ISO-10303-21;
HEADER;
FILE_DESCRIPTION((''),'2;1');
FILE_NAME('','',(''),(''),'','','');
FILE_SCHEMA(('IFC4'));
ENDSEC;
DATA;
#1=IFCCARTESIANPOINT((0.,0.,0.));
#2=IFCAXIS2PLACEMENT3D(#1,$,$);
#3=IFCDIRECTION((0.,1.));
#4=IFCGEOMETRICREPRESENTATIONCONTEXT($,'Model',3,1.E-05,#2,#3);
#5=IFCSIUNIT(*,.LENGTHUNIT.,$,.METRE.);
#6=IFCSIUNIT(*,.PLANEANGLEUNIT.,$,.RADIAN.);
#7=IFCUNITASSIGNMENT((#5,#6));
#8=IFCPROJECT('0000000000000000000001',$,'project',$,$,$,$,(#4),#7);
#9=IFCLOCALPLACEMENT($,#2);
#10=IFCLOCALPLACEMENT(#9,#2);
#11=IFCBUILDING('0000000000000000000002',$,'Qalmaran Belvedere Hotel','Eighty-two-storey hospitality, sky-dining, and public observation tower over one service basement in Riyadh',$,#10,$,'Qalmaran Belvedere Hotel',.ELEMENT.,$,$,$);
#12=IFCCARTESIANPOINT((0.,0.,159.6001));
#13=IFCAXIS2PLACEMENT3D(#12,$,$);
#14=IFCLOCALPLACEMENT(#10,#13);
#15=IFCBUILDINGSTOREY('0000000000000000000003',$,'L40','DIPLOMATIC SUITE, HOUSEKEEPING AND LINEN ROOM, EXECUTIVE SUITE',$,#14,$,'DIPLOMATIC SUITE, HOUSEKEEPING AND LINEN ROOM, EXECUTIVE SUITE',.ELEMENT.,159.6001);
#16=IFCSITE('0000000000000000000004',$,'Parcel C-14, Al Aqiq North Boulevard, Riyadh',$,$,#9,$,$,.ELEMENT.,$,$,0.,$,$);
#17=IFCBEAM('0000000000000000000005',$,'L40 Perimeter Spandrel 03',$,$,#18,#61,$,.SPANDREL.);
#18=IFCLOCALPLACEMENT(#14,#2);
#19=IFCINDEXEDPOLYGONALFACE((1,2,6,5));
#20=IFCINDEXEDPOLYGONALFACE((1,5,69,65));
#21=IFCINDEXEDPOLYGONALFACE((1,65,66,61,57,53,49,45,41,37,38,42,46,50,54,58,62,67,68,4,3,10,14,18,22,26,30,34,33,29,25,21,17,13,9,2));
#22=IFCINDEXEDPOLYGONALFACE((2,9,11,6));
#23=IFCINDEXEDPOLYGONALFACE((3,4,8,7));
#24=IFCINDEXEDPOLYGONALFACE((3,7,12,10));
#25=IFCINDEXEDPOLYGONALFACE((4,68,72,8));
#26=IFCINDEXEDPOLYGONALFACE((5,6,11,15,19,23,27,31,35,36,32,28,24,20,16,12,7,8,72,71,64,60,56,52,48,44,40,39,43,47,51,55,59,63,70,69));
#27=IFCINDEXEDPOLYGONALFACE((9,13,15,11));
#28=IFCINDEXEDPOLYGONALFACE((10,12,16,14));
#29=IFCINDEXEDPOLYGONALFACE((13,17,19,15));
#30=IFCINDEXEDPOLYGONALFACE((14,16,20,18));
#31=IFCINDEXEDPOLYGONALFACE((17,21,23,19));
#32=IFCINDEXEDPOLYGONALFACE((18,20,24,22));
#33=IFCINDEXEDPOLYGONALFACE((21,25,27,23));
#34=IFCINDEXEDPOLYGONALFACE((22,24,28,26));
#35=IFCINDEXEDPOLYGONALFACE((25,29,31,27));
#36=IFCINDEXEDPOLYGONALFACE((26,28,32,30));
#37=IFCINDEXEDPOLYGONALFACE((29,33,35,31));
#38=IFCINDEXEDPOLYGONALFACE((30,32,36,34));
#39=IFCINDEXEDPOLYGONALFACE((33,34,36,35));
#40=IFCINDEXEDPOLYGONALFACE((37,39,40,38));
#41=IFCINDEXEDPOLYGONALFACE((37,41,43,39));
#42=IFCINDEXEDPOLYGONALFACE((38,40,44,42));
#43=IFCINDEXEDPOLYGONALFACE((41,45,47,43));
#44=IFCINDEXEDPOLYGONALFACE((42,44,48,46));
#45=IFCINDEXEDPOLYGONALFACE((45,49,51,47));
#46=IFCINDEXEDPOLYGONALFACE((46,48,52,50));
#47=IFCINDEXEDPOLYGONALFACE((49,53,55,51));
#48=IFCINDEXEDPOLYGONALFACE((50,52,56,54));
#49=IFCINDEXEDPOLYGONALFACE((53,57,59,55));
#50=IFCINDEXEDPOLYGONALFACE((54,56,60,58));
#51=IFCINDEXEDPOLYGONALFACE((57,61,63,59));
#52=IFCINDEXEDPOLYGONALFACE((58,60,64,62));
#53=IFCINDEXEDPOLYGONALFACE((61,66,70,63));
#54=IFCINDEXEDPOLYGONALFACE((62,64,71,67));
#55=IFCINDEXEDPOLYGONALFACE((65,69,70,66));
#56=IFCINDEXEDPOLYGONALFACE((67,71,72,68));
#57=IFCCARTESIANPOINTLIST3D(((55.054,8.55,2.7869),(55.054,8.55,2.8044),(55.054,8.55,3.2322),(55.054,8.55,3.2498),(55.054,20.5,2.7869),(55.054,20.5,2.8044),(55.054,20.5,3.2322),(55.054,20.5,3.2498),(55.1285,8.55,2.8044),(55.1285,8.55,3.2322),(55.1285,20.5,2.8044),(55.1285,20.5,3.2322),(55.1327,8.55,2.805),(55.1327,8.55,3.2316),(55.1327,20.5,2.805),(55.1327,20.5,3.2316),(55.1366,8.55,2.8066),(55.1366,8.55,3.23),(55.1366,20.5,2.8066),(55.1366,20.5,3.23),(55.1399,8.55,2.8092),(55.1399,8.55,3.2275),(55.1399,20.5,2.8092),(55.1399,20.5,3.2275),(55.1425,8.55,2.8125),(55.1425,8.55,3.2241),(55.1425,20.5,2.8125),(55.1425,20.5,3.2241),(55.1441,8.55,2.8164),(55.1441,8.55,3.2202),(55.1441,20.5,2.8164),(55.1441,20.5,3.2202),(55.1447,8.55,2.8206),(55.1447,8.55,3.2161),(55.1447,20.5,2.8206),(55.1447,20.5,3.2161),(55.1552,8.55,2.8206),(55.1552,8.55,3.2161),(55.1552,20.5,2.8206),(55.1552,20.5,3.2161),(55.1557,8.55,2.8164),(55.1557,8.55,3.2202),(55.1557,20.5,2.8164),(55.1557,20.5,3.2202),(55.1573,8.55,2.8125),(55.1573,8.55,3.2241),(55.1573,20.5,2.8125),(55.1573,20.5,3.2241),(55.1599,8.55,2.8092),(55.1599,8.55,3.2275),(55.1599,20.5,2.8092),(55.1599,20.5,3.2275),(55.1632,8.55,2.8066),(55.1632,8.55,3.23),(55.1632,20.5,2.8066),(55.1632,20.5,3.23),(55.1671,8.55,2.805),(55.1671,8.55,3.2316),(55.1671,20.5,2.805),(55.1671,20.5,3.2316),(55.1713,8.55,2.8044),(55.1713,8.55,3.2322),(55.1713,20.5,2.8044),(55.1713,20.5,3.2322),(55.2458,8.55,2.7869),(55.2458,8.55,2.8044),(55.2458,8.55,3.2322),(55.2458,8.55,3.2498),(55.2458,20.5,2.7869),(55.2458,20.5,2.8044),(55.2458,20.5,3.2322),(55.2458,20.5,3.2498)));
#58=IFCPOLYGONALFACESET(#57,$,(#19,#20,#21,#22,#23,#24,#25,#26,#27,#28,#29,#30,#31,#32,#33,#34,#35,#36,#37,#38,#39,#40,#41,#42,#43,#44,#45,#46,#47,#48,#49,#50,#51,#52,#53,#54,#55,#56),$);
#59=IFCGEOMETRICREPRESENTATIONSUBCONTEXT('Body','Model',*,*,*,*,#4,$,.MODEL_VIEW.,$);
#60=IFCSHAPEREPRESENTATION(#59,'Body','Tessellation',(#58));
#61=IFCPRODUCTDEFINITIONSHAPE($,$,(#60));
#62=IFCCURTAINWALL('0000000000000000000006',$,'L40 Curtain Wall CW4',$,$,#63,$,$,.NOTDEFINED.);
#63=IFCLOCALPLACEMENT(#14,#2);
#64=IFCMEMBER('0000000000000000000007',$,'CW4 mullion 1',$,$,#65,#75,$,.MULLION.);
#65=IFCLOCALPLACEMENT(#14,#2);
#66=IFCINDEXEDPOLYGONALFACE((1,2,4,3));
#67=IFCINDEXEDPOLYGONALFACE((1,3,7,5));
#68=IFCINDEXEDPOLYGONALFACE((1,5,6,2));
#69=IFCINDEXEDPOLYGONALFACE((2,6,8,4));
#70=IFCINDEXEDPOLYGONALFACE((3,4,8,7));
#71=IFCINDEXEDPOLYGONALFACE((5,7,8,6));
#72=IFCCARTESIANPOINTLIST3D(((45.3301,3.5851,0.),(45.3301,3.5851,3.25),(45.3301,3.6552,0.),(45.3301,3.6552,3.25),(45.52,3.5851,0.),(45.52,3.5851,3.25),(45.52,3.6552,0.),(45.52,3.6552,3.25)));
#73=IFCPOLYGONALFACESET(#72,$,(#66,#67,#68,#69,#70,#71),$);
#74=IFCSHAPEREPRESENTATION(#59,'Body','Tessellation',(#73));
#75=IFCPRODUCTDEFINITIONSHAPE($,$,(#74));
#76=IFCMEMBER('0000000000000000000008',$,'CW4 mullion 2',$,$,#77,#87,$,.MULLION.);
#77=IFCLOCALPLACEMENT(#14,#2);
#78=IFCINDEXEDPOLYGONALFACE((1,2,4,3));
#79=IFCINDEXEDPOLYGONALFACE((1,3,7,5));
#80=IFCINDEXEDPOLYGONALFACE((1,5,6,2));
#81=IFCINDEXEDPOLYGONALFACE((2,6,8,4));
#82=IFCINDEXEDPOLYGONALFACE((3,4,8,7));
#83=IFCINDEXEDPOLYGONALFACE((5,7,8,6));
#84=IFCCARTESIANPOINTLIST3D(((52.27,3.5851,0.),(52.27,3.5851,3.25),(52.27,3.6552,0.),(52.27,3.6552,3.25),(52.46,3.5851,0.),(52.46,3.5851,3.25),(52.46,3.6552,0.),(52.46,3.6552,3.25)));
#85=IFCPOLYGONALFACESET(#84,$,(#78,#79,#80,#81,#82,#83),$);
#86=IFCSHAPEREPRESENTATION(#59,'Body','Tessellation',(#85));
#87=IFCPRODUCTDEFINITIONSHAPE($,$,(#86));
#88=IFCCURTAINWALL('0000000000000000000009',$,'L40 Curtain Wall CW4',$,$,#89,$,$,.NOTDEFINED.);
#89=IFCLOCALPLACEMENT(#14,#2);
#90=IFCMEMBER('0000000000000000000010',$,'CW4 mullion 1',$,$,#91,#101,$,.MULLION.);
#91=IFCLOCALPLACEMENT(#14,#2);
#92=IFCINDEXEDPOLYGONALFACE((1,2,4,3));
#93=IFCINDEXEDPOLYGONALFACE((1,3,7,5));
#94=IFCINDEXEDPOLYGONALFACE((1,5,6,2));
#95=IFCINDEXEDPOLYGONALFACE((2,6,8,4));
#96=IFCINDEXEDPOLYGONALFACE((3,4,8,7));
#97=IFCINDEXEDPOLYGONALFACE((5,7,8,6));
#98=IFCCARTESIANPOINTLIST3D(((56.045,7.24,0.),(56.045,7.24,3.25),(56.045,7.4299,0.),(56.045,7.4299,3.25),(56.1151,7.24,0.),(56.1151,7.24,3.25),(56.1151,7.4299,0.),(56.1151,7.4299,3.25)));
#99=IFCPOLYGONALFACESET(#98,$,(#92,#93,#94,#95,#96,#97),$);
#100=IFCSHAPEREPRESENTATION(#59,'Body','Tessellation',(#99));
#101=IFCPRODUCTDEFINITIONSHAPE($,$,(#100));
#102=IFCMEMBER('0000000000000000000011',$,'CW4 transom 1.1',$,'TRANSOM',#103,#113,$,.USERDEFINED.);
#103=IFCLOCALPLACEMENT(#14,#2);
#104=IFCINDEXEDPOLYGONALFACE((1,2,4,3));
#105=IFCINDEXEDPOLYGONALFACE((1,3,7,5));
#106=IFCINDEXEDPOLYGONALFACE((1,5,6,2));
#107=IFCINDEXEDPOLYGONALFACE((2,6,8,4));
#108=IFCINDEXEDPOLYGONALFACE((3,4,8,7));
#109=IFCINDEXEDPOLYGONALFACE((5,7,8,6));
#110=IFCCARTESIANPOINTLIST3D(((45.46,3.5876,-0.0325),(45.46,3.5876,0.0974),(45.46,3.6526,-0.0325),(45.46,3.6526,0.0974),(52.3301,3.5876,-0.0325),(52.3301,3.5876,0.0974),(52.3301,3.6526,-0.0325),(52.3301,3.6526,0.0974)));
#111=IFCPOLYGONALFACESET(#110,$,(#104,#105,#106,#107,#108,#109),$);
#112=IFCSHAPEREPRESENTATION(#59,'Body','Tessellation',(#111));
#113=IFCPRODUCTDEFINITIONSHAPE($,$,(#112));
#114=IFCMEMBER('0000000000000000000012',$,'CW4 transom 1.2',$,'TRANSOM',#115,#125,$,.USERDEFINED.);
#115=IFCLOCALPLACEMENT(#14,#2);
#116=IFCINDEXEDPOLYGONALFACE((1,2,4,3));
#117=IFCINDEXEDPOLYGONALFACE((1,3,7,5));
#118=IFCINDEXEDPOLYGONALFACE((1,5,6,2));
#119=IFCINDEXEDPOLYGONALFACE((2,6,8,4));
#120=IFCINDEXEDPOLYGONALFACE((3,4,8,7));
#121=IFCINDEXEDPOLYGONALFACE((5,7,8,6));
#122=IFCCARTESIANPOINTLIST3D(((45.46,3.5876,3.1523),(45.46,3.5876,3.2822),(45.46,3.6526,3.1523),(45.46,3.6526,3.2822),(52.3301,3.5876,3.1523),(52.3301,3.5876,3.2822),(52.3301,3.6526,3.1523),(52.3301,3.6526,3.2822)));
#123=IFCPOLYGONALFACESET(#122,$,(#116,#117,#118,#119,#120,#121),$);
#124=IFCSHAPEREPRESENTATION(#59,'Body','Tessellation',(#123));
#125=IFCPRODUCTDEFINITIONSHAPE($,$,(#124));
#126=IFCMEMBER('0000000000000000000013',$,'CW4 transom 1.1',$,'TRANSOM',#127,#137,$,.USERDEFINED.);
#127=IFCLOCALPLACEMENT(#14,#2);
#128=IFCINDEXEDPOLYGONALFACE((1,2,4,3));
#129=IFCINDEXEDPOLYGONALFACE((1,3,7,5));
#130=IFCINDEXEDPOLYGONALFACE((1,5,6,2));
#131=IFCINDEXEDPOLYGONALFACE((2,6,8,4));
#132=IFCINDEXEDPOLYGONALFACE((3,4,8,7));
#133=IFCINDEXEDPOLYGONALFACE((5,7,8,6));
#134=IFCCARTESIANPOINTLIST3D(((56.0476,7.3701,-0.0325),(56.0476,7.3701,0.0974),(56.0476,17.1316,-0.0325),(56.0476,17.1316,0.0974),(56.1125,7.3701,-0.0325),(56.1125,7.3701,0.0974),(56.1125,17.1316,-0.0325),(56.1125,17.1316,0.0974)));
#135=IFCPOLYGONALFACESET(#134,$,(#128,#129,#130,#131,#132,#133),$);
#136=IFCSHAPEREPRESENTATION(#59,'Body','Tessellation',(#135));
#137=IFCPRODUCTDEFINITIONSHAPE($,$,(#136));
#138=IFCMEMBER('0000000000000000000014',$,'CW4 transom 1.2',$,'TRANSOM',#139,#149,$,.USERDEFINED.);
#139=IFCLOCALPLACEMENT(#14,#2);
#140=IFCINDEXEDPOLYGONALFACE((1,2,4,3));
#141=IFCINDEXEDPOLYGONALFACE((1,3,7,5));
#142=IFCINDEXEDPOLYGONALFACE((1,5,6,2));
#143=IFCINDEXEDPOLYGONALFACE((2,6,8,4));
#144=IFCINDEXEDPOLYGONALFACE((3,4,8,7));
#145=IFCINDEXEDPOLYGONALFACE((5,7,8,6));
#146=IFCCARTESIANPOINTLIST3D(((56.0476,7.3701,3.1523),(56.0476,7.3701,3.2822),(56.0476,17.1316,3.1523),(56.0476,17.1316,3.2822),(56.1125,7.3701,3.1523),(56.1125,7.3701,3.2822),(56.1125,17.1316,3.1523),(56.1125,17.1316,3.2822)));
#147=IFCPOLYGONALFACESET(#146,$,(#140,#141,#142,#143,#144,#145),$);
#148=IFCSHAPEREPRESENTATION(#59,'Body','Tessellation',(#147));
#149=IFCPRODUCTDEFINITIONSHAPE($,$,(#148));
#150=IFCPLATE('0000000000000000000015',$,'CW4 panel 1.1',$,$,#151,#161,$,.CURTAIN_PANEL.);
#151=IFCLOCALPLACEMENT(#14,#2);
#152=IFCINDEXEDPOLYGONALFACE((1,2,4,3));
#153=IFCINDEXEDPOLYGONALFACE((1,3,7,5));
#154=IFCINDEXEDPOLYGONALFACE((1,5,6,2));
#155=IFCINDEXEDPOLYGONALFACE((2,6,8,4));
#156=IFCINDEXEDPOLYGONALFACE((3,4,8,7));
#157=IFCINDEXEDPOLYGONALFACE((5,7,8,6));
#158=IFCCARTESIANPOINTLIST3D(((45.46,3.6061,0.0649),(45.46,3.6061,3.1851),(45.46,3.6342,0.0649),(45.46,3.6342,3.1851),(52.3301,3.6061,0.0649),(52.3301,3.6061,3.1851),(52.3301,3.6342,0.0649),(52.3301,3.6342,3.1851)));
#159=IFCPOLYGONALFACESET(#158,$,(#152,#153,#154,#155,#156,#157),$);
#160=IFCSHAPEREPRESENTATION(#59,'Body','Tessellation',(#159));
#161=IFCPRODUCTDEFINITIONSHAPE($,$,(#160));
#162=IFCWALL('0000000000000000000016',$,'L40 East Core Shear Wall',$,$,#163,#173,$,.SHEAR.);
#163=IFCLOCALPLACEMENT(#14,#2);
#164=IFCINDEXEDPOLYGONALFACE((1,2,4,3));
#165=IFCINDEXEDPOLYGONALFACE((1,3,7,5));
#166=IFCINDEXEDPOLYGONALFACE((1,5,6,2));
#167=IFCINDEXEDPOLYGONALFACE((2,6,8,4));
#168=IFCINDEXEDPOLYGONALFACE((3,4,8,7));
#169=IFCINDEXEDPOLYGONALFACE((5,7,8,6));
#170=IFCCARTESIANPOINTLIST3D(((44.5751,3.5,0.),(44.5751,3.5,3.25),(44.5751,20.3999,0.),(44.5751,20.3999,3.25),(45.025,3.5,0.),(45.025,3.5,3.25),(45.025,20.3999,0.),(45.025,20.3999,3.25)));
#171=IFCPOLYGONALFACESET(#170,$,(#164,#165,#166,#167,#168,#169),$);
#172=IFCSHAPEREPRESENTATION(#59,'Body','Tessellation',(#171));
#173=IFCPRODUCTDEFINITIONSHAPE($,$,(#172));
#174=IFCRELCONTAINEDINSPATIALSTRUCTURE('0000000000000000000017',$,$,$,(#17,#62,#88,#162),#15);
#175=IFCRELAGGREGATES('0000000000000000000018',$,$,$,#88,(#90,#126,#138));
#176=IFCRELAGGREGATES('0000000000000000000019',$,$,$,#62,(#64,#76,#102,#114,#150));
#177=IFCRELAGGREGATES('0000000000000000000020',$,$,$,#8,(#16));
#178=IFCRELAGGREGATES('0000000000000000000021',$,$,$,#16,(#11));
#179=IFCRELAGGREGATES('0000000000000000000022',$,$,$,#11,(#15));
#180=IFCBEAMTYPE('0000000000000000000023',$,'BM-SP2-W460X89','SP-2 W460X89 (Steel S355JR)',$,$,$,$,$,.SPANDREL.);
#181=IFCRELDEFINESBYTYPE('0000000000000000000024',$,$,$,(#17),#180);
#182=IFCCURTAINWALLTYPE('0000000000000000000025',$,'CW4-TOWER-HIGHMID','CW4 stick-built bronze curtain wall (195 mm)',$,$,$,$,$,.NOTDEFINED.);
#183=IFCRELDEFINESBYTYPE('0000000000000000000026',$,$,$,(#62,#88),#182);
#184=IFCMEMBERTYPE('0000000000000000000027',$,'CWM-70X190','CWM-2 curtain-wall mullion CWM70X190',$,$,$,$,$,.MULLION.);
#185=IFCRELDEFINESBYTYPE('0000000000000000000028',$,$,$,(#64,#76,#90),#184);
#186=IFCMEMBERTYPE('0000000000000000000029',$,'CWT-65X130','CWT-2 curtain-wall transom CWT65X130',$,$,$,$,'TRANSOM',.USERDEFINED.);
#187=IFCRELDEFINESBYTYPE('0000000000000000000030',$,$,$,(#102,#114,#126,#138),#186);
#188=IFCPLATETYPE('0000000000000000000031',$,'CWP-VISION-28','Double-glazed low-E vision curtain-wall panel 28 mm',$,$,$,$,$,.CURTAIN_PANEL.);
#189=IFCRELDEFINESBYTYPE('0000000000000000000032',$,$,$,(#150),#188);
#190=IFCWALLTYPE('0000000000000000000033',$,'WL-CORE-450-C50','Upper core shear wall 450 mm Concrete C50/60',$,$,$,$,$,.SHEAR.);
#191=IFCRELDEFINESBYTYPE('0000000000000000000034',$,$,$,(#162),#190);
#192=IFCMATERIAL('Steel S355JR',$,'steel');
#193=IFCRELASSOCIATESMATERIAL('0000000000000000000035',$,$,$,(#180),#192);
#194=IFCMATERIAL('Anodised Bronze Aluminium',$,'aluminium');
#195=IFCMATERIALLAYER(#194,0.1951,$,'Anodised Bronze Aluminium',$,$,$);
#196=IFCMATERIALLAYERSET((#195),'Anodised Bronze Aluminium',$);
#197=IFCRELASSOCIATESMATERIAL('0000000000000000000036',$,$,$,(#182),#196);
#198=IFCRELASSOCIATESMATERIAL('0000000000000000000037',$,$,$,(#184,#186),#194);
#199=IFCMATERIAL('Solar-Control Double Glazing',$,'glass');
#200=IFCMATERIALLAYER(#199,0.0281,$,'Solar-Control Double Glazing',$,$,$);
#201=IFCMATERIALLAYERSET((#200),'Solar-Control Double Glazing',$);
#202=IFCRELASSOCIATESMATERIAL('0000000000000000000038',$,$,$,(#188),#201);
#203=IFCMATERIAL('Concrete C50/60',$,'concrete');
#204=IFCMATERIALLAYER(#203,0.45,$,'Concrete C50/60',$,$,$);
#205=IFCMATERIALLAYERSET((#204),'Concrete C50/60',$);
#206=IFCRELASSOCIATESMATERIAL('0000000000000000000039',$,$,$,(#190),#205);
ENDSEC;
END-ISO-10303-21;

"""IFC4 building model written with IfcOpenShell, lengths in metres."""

from ifc_helpers import new_model, si_unit, direction, frame, frame_2d, origin, origin_2d, place, context, subcontext, project, spatial, rectangle, i_section, extrude, material, layer, layer_set, material_profile, profile_set, type_object, element, aggregate, save


model = new_model("IFC4")

# Units and contexts
model_context = context("Model", 3, precision=1e-05, world=origin(), true_north=direction((0.0, 1.0)))
body_context = subcontext(model_context, "Body", "Model", "MODEL_VIEW")
ifc_project = project(units=[si_unit("LENGTHUNIT", "METRE"), si_unit("PLANEANGLEUNIT", "RADIAN")], contexts=[model_context])

# Site, building, storey
site_placement = place(None, origin())
site = spatial("IfcSite", under=ifc_project, at=site_placement, Name="Parcel C-14, Al Aqiq North Boulevard, Riyadh", CompositionType="ELEMENT", RefElevation=0.0)
building_placement = place(site_placement, origin())
building = spatial("IfcBuilding", under=site, at=building_placement, Name="Qalmaran Belvedere Hotel", Description="Eighty-two-storey hospitality, sky-dining, and public observation tower over one service basement in Riyadh", LongName="Qalmaran Belvedere Hotel", CompositionType="ELEMENT")
storey_placement = place(building_placement, frame((0.0, 0.0, 159.6001)))
storey = spatial("IfcBuildingStorey", under=building, at=storey_placement, Name="L40", Description="DIPLOMATIC SUITE, HOUSEKEEPING AND LINEN ROOM, EXECUTIVE SUITE", LongName="DIPLOMATIC SUITE, HOUSEKEEPING AND LINEN ROOM, EXECUTIVE SUITE", CompositionType="ELEMENT", Elevation=159.6001)

# Shared definitions
ifc_material_1 = material(Name="Concrete C50/60", Category="concrete")

# Beam
ifc_material_2 = material(Name="Steel S355JR", Category="steel")
ifc_material_profile_1 = material_profile(ifc_material_2, i_section(OverallWidth=0.1919, OverallDepth=0.4629, WebThickness=0.0105, FlangeThickness=0.0176, FilletRadius=0.0161, at=origin_2d()), Name="W460X89")
ifc_profile_set_1 = profile_set([ifc_material_profile_1], Name="Steel S355JR")
beam_type_1 = type_object("IfcBeamType", Name="BM-SP2-W460X89", Description="SP-2 W460X89 (Steel S355JR)", PredefinedType="SPANDREL", material=ifc_profile_set_1)
beam_1_placement = place(storey_placement, frame((55.1499, 8.55, 3.0183), z_axis=(0.0, 1.0, 0.0), x_axis=(-1.0, 0.0, 0.0)))
element("IfcBeam", 1, at=beam_1_placement, inside=storey, type_object=beam_type_1, Name="L40 Perimeter Spandrel 03", PredefinedType="SPANDREL", context=body_context, shape_type="SweptSolid", body=[
    extrude(i_section(OverallWidth=0.1919, OverallDepth=0.4629, WebThickness=0.0105, FlangeThickness=0.0176, FilletRadius=0.0161, at=origin_2d()), origin(), (0.0, 0.0, 1.0), 11.95),
])

# Curtain wall, members
ifc_material_3 = material(Name="Anodised Bronze Aluminium", Category="aluminium")
ifc_layer_1 = layer(ifc_material_3, 0.1951, Name="Anodised Bronze Aluminium")
ifc_layer_set_1 = layer_set([ifc_layer_1], Name="Anodised Bronze Aluminium")
curtain_wall_type = type_object("IfcCurtainWallType", Name="CW4-TOWER-HIGHMID", Description="CW4 stick-built bronze curtain wall (195 mm)", PredefinedType="NOTDEFINED", material=ifc_layer_set_1)
curtain_wall_1_placement = place(storey_placement, origin())
curtain_wall_1 = element("IfcCurtainWall", 2, at=curtain_wall_1_placement, inside=storey, type_object=curtain_wall_type, Name="L40 Curtain Wall CW4", PredefinedType="NOTDEFINED")
ifc_material_profile_2 = material_profile(ifc_material_3, rectangle(XDim=0.0701, YDim=0.1899, at=origin_2d()), Name="CWM70X190")
ifc_profile_set_2 = profile_set([ifc_material_profile_2], Name="Anodised Bronze Aluminium")
member_type_1 = type_object("IfcMemberType", Name="CWM-70X190", Description="CWM-2 curtain-wall mullion CWM70X190", PredefinedType="MULLION", material=ifc_profile_set_2)
member_1_placement = place(storey_placement, frame((45.425, 3.6201, 0.0), z_axis=(0.0, 0.0, 1.0), x_axis=(0.0, 1.0, 0.0)))
member_1 = element("IfcMember", 3, at=member_1_placement, type_object=member_type_1, Name="CW4 mullion 1", PredefinedType="MULLION", context=body_context, shape_type="SweptSolid", body=[
    extrude(rectangle(XDim=0.0701, YDim=0.1899, at=origin_2d()), origin(), (0.0, 0.0, 1.0), 3.25),
])
member_2_placement = place(storey_placement, frame((52.365, 3.6201, 0.0), z_axis=(0.0, 0.0, 1.0), x_axis=(0.0, 1.0, 0.0)))
member_2 = element("IfcMember", 4, at=member_2_placement, type_object=member_type_1, Name="CW4 mullion 2", PredefinedType="MULLION", context=body_context, shape_type="SweptSolid", body=[
    extrude(rectangle(XDim=0.0701, YDim=0.1899, at=origin_2d()), origin(), (0.0, 0.0, 1.0), 3.25),
])

# Curtain wall, member
curtain_wall_2_placement = place(storey_placement, origin())
curtain_wall_2 = element("IfcCurtainWall", 5, at=curtain_wall_2_placement, inside=storey, type_object=curtain_wall_type, Name="L40 Curtain Wall CW4", PredefinedType="NOTDEFINED")
member_3_placement = place(storey_placement, frame((56.0801, 7.335, 0.0), z_axis=(0.0, 0.0, 1.0), x_axis=(-1.0, 0.0, 0.0)))
member_3 = element("IfcMember", 6, at=member_3_placement, type_object=member_type_1, Name="CW4 mullion 1", PredefinedType="MULLION", context=body_context, shape_type="SweptSolid", body=[
    extrude(rectangle(XDim=0.0701, YDim=0.1899, at=origin_2d()), origin(), (0.0, 0.0, 1.0), 3.25),
])

# Members
ifc_material_profile_3 = material_profile(ifc_material_3, rectangle(XDim=0.0649, YDim=0.1299, at=origin_2d()), Name="CWT65X130")
ifc_profile_set_3 = profile_set([ifc_material_profile_3], Name="Anodised Bronze Aluminium")
member_type_2 = type_object("IfcMemberType", Name="CWT-65X130", Description="CWT-2 curtain-wall transom CWT65X130", ElementType="TRANSOM", PredefinedType="USERDEFINED", material=ifc_profile_set_3)
member_4_placement = place(storey_placement, frame((45.46, 3.6201, 0.0325), z_axis=(1.0, 0.0, 0.0), x_axis=(0.0, 1.0, 0.0)))
member_4 = element("IfcMember", 7, at=member_4_placement, type_object=member_type_2, Name="CW4 transom 1.1", ObjectType="TRANSOM", PredefinedType="USERDEFINED", context=body_context, shape_type="SweptSolid", body=[
    extrude(rectangle(XDim=0.0649, YDim=0.1299, at=origin_2d()), origin(), (0.0, 0.0, 1.0), 6.8701),
])
member_5_placement = place(storey_placement, frame((45.46, 3.6201, 3.2173), z_axis=(1.0, 0.0, 0.0), x_axis=(0.0, 1.0, 0.0)))
member_5 = element("IfcMember", 8, at=member_5_placement, type_object=member_type_2, Name="CW4 transom 1.2", ObjectType="TRANSOM", PredefinedType="USERDEFINED", context=body_context, shape_type="SweptSolid", body=[
    extrude(rectangle(XDim=0.0649, YDim=0.1299, at=origin_2d()), origin(), (0.0, 0.0, 1.0), 6.8701),
])
member_6_placement = place(storey_placement, frame((56.0801, 7.3701, 0.0325), z_axis=(0.0, 1.0, 0.0), x_axis=(-1.0, 0.0, 0.0)))
member_6 = element("IfcMember", 9, at=member_6_placement, type_object=member_type_2, Name="CW4 transom 1.1", ObjectType="TRANSOM", PredefinedType="USERDEFINED", context=body_context, shape_type="SweptSolid", body=[
    extrude(rectangle(XDim=0.0649, YDim=0.1299, at=origin_2d()), origin(), (0.0, 0.0, 1.0), 9.7615),
])
member_7_placement = place(storey_placement, frame((56.0801, 7.3701, 3.2173), z_axis=(0.0, 1.0, 0.0), x_axis=(-1.0, 0.0, 0.0)))
member_7 = element("IfcMember", 10, at=member_7_placement, type_object=member_type_2, Name="CW4 transom 1.2", ObjectType="TRANSOM", PredefinedType="USERDEFINED", context=body_context, shape_type="SweptSolid", body=[
    extrude(rectangle(XDim=0.0649, YDim=0.1299, at=origin_2d()), origin(), (0.0, 0.0, 1.0), 9.7615),
])
aggregate(curtain_wall_2, [member_3, member_6, member_7])

# Plate
ifc_material_4 = material(Name="Solar-Control Double Glazing", Category="glass")
ifc_layer_2 = layer(ifc_material_4, 0.0281, Name="Solar-Control Double Glazing")
ifc_layer_set_2 = layer_set([ifc_layer_2], Name="Solar-Control Double Glazing")
plate_type = type_object("IfcPlateType", Name="CWP-VISION-28", Description="Double-glazed low-E vision curtain-wall panel 28 mm", PredefinedType="CURTAIN_PANEL", material=ifc_layer_set_2)
plate_placement = place(storey_placement, frame((48.895, 3.6201, 0.0649), z_axis=(0.0, 0.0, 1.0), x_axis=(1.0, 0.0, 0.0)))
plate = element("IfcPlate", 11, at=plate_placement, type_object=plate_type, Name="CW4 panel 1.1", PredefinedType="CURTAIN_PANEL", context=body_context, shape_type="SweptSolid", body=[
    extrude(rectangle(XDim=6.8701, YDim=0.0281, at=origin_2d()), origin(), (0.0, 0.0, 1.0), 3.1201),
])
aggregate(curtain_wall_1, [member_1, member_2, member_4, member_5, plate])

# Wall
ifc_layer_3 = layer(ifc_material_1, 0.45, Name="Concrete C50/60")
ifc_layer_set_3 = layer_set([ifc_layer_3], Name="Concrete C50/60")
wall_type_1 = type_object("IfcWallType", Name="WL-CORE-450-C50", Description="Upper core shear wall 450 mm Concrete C50/60", PredefinedType="SHEAR", material=ifc_layer_set_3)
wall_1_placement = place(storey_placement, frame((44.8, 3.5, 0.0), z_axis=(0.0, 0.0, 1.0), x_axis=(0.0, 1.0, 0.0)))
element("IfcWall", 12, at=wall_1_placement, inside=storey, type_object=wall_type_1, Name="L40 East Core Shear Wall", PredefinedType="SHEAR", context=body_context, shape_type="SweptSolid", body=[
    extrude(rectangle(XDim=16.8999, YDim=0.45, at=frame_2d((8.45, 0.0))), origin(), (0.0, 0.0, 1.0), 3.25),
])

save(model, "model.ifc")
